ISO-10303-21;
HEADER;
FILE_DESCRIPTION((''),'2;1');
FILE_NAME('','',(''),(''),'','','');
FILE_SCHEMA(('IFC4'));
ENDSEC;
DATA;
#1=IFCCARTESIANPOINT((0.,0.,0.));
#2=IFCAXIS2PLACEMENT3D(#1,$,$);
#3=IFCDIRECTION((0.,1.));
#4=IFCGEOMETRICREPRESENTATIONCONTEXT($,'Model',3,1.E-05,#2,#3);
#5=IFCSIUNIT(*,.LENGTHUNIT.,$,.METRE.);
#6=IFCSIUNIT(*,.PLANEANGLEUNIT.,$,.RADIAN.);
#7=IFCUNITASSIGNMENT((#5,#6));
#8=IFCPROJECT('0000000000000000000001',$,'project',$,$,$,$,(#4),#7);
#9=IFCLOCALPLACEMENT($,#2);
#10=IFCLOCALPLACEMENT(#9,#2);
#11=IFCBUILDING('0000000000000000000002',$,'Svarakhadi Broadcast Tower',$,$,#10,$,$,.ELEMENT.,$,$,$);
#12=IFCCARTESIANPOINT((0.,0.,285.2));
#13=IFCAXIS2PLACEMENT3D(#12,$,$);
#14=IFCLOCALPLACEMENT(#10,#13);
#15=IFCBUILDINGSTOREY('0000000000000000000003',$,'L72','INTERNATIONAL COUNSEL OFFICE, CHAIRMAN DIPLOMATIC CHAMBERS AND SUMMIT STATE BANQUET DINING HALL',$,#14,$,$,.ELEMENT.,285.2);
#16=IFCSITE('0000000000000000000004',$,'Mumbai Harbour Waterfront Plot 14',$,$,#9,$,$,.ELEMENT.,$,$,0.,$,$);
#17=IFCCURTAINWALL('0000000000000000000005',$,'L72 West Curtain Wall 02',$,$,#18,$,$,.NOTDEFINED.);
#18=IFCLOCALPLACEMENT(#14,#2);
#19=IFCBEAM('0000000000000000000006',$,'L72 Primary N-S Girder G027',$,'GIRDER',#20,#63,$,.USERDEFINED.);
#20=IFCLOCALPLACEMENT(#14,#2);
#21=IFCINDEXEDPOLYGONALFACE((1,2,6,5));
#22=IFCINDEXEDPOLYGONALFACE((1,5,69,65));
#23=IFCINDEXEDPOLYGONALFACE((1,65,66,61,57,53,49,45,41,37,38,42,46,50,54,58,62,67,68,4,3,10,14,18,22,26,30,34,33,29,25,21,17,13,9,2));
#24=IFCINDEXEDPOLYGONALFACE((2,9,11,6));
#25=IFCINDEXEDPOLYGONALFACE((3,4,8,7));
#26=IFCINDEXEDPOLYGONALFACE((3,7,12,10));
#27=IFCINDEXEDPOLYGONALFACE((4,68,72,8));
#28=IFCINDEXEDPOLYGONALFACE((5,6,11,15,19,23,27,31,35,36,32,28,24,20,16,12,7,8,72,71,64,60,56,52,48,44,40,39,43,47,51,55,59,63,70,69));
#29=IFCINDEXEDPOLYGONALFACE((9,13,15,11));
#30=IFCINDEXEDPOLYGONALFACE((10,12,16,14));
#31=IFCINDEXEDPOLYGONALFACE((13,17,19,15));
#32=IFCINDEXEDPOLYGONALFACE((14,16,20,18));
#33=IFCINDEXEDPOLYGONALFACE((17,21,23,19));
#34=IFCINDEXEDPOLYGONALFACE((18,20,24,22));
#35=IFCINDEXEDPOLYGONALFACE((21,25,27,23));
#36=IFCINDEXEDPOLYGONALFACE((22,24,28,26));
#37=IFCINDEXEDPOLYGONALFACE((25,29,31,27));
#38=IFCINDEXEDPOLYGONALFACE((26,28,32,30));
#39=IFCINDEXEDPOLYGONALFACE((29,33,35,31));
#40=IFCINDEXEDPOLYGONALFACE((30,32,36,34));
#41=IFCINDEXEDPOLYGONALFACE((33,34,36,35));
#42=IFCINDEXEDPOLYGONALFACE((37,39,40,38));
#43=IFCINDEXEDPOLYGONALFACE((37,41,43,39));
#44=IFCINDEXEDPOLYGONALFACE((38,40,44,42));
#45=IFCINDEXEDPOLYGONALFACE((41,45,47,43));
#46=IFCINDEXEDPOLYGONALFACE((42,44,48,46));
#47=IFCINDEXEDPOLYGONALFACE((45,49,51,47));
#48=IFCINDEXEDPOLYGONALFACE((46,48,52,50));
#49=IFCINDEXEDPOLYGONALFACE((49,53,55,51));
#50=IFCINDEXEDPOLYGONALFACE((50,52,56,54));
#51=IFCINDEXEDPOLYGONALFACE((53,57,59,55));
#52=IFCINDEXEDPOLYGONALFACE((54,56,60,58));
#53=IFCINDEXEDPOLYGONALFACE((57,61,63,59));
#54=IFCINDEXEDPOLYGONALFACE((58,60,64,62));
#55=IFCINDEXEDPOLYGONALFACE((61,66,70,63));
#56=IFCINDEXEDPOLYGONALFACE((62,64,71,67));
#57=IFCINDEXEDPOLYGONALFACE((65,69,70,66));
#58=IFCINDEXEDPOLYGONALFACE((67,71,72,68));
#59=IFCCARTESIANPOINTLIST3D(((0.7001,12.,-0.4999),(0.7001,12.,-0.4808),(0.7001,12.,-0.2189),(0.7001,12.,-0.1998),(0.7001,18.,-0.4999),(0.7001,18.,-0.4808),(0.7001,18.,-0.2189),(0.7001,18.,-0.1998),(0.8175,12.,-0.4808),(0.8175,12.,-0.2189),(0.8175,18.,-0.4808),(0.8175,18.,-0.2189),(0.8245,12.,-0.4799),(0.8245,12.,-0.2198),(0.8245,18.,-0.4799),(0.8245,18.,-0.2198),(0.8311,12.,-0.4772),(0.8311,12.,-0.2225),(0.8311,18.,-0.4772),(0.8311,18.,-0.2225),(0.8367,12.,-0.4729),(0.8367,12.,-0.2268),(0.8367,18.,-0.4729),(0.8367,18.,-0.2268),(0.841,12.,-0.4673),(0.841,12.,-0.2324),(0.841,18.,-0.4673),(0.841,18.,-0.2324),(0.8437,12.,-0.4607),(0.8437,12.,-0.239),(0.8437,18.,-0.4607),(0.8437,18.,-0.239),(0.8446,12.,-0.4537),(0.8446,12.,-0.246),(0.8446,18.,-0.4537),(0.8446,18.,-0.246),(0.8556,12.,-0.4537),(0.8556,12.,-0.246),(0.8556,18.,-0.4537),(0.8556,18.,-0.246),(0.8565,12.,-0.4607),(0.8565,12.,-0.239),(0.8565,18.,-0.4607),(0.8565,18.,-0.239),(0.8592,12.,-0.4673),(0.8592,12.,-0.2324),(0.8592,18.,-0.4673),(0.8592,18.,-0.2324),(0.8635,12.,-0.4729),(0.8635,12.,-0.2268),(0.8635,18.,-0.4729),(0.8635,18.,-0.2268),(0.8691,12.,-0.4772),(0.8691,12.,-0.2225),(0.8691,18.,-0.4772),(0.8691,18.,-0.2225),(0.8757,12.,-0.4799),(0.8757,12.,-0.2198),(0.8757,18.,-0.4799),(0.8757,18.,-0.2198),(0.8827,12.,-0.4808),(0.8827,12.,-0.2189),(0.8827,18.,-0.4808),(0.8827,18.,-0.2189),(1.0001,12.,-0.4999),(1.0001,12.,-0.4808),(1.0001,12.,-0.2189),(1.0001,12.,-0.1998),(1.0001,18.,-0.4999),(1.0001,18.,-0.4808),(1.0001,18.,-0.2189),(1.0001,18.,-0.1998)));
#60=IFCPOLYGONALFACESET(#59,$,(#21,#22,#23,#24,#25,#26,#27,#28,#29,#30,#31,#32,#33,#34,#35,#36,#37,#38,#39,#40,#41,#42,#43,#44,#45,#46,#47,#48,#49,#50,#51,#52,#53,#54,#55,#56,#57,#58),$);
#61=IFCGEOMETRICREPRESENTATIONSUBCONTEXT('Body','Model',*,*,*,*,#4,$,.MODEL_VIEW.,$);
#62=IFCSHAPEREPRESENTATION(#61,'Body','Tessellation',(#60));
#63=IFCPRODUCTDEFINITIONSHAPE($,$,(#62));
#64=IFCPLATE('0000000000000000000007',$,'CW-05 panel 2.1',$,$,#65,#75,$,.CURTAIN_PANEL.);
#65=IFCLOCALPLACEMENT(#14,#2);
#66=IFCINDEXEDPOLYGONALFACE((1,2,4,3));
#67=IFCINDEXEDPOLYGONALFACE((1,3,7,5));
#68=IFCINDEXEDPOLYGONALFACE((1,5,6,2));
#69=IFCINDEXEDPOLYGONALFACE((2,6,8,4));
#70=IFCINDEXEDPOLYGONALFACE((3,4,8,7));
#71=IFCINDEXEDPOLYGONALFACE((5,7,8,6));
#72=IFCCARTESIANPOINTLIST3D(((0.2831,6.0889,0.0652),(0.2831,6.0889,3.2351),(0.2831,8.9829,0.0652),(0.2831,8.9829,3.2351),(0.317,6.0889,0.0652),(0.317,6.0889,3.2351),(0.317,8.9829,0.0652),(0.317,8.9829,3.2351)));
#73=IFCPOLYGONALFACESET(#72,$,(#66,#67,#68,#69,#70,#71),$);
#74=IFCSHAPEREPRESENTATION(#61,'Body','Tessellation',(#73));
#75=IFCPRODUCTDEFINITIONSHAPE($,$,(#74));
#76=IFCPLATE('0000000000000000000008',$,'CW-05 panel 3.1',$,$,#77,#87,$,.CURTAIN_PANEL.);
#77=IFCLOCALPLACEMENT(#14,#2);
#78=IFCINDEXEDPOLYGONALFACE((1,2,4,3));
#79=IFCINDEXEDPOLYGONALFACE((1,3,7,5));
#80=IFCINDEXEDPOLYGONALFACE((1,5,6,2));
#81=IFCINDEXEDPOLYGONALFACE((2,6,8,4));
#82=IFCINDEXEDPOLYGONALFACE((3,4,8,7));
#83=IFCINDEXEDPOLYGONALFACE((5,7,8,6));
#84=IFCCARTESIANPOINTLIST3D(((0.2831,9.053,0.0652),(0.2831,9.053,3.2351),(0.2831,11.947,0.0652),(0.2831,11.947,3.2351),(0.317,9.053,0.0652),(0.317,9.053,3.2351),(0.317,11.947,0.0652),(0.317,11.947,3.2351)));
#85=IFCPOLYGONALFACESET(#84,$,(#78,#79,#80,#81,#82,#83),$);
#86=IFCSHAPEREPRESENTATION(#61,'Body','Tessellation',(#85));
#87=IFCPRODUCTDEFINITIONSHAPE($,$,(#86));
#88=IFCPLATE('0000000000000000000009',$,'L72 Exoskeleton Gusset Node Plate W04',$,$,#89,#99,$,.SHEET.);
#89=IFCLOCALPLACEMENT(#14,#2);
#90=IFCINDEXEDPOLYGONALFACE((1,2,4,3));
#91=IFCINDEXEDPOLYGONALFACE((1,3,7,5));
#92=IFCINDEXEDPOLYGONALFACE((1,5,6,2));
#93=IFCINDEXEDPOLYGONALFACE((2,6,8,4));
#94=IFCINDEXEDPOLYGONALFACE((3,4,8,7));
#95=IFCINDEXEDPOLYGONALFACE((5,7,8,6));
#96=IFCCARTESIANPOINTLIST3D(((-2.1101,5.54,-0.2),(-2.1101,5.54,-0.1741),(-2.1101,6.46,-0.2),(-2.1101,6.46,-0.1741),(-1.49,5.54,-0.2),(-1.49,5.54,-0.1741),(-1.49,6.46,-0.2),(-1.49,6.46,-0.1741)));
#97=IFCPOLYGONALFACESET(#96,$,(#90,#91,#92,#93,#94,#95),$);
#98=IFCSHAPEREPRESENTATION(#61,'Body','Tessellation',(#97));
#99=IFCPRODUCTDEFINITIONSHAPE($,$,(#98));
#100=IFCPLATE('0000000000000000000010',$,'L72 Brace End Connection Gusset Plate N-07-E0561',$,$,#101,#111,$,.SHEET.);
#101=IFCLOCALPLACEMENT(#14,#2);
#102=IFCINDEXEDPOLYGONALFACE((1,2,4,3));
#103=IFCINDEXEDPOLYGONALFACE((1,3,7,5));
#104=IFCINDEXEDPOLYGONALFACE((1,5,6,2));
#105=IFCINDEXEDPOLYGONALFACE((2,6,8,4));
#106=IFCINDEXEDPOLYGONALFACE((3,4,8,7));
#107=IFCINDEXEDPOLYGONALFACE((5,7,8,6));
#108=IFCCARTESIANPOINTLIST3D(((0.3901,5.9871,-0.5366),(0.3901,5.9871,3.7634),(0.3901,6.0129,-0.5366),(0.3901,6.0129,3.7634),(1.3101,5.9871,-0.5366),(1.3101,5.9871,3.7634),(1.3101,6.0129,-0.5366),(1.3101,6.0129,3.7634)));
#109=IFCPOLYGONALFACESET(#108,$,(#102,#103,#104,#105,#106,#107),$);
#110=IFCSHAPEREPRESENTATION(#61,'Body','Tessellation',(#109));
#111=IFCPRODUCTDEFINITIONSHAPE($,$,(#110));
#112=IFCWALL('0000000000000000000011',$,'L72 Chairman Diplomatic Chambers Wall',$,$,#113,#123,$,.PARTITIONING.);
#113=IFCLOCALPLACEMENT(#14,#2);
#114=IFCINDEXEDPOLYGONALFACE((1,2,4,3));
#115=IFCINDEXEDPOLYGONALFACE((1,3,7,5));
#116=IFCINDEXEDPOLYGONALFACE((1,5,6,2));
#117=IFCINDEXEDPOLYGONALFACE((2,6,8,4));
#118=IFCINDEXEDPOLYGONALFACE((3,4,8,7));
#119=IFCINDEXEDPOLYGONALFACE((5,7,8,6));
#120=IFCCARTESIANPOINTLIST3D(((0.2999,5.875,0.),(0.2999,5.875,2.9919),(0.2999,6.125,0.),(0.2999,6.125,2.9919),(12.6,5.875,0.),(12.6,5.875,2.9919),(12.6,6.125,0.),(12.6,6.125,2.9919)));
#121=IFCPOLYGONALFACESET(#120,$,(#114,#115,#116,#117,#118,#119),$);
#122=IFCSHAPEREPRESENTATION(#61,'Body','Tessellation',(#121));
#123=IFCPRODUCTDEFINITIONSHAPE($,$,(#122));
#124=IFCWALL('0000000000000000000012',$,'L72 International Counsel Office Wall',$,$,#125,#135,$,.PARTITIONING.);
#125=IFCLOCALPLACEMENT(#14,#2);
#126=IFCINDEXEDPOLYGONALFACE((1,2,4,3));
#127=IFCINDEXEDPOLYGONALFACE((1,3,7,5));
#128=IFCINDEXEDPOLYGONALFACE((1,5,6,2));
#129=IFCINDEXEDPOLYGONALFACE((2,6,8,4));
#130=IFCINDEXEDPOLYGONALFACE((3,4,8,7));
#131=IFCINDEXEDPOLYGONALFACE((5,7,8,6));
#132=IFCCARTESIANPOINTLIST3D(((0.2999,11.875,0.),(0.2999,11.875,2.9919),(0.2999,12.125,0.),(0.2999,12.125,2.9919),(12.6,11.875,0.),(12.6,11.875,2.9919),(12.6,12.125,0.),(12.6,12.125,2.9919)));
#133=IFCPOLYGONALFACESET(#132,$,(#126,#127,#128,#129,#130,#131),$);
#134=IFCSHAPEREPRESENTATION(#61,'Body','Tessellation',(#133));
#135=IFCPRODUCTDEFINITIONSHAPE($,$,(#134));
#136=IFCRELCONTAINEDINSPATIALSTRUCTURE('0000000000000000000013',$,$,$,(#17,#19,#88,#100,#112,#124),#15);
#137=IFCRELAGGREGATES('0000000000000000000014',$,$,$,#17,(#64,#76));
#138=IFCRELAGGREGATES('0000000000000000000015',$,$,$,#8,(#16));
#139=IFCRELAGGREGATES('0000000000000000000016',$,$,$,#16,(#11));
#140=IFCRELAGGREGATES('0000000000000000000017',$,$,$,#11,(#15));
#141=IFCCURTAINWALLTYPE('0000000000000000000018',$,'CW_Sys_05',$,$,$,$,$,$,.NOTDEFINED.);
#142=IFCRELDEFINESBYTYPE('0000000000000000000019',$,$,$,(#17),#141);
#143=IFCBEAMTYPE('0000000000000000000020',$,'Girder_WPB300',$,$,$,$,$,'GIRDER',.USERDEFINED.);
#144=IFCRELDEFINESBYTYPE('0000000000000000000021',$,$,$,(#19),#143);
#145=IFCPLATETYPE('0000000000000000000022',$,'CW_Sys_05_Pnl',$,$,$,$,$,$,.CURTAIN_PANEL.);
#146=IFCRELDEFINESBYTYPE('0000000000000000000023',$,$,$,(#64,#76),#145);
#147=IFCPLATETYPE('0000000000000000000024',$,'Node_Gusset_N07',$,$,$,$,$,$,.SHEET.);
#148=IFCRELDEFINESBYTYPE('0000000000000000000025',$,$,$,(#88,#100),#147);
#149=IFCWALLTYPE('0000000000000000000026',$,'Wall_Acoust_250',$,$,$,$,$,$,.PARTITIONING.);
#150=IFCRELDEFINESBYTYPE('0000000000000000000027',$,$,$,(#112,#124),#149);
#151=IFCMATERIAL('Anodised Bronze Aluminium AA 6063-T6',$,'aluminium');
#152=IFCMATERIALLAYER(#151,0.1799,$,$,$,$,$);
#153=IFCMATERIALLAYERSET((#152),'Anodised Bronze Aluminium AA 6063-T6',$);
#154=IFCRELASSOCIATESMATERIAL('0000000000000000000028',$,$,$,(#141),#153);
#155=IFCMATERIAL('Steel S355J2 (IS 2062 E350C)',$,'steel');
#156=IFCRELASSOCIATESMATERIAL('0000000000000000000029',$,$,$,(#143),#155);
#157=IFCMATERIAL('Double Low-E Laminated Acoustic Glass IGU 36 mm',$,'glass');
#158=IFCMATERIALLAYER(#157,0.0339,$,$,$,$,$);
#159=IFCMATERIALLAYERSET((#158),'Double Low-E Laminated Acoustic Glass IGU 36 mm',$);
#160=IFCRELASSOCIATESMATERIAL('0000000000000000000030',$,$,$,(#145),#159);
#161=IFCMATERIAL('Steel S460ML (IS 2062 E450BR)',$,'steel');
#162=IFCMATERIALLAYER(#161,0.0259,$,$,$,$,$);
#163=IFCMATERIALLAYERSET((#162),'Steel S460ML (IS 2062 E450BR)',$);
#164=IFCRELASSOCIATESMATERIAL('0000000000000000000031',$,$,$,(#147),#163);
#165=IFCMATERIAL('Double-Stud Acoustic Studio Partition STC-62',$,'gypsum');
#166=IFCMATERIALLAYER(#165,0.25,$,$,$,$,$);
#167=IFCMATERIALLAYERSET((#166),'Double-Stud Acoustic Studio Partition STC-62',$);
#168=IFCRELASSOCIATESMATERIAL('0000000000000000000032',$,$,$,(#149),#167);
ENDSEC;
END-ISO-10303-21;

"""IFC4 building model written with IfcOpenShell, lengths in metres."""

from ifc_helpers import new_model, si_unit, direction, frame, frame_2d, origin, origin_2d, place, context, subcontext, project, spatial, rectangle, i_section, extrude, material, layer, layer_set, material_profile, profile_set, type_object, element, aggregate, save


model = new_model("IFC4")

# Units and contexts
model_context = context("Model", 3, precision=1e-05, world=origin(), true_north=direction((0.0, 1.0)))
body_context = subcontext(model_context, "Body", "Model", "MODEL_VIEW")
ifc_project = project(units=[si_unit("LENGTHUNIT", "METRE"), si_unit("PLANEANGLEUNIT", "RADIAN")], contexts=[model_context])

# Site, building, storey
site_placement = place(None, origin())
site = spatial("IfcSite", under=ifc_project, at=site_placement, Name="Mumbai Harbour Waterfront Plot 14", CompositionType="ELEMENT", RefElevation=0.0)
building_placement = place(site_placement, origin())
building = spatial("IfcBuilding", under=site, at=building_placement, Name="Svarakhadi Broadcast Tower", CompositionType="ELEMENT")
storey_placement = place(building_placement, frame((0.0, 0.0, 285.2)))
storey = spatial("IfcBuildingStorey", under=building, at=storey_placement, Name="L72", Description="INTERNATIONAL COUNSEL OFFICE, CHAIRMAN DIPLOMATIC CHAMBERS AND SUMMIT STATE BANQUET DINING HALL", CompositionType="ELEMENT", Elevation=285.2)

# Shared definitions
ifc_material_1 = material(Name="Steel S460ML (IS 2062 E450BR)", Category="steel")

# Shared definitions
ifc_material_2 = material(Name="Steel S355J2 (IS 2062 E350C)", Category="steel")

# Curtain wall
ifc_material_3 = material(Name="Anodised Bronze Aluminium AA 6063-T6", Category="aluminium")
ifc_layer_1 = layer(ifc_material_3, 0.1799)
ifc_layer_set_1 = layer_set([ifc_layer_1], Name="Anodised Bronze Aluminium AA 6063-T6")
curtain_wall_type = type_object("IfcCurtainWallType", Name="CW_Sys_05", PredefinedType="NOTDEFINED", material=ifc_layer_set_1)
curtain_wall_placement = place(storey_placement, origin())
curtain_wall = element("IfcCurtainWall", 1, at=curtain_wall_placement, inside=storey, type_object=curtain_wall_type, Name="L72 West Curtain Wall 02", PredefinedType="NOTDEFINED")

# Beam
ifc_material_profile_1 = material_profile(ifc_material_2, i_section(OverallWidth=0.3, OverallDepth=0.3, WebThickness=0.011, FlangeThickness=0.019, FilletRadius=0.0271, at=origin_2d()), Name="WPB 300x300x117")
ifc_profile_set_1 = profile_set([ifc_material_profile_1], Name="Steel S355J2 (IS 2062 E350C)")
beam_type_1 = type_object("IfcBeamType", Name="Girder_WPB300", ElementType="GIRDER", PredefinedType="USERDEFINED", material=ifc_profile_set_1)
for number, where, z_axis, x_axis, name in (
    (2, (0.8501, 12.0, -0.3499), (0.0, 1.0, 0.0), (-1.0, 0.0, 0.0), "L72 Primary N-S Girder G027"),
):
    element("IfcBeam", number, at=place(storey_placement, frame(where, z_axis=z_axis, x_axis=x_axis)), inside=storey, type_object=beam_type_1, Name=name, ObjectType="GIRDER", PredefinedType="USERDEFINED", context=body_context, shape_type="SweptSolid", body=[
        extrude(i_section(OverallWidth=0.3, OverallDepth=0.3, WebThickness=0.011, FlangeThickness=0.019, FilletRadius=0.0271, at=origin_2d()), origin(), (0.0, 0.0, 1.0), 6.0),
    ])

# Plates
ifc_material_4 = material(Name="Double Low-E Laminated Acoustic Glass IGU 36 mm", Category="glass")
ifc_layer_2 = layer(ifc_material_4, 0.0339)
ifc_layer_set_2 = layer_set([ifc_layer_2], Name="Double Low-E Laminated Acoustic Glass IGU 36 mm")
plate_type_1 = type_object("IfcPlateType", Name="CW_Sys_05_Pnl", PredefinedType="CURTAIN_PANEL", material=ifc_layer_set_2)
plate_1_placement = place(storey_placement, frame((0.3, 7.5359, 0.0652), z_axis=(0.0, 0.0, 1.0), x_axis=(0.0, 1.0, 0.0)))
plate_1 = element("IfcPlate", 3, at=plate_1_placement, type_object=plate_type_1, Name="CW-05 panel 2.1", PredefinedType="CURTAIN_PANEL", context=body_context, shape_type="SweptSolid", body=[
    extrude(rectangle(XDim=2.894, YDim=0.0339, at=origin_2d()), origin(), (0.0, 0.0, 1.0), 3.1699),
])
plate_2_placement = place(storey_placement, frame((0.3, 10.5, 0.0652), z_axis=(0.0, 0.0, 1.0), x_axis=(0.0, 1.0, 0.0)))
plate_2 = element("IfcPlate", 4, at=plate_2_placement, type_object=plate_type_1, Name="CW-05 panel 3.1", PredefinedType="CURTAIN_PANEL", context=body_context, shape_type="SweptSolid", body=[
    extrude(rectangle(XDim=2.894, YDim=0.0339, at=origin_2d()), origin(), (0.0, 0.0, 1.0), 3.1699),
])
aggregate(curtain_wall, [plate_1, plate_2])

# Plates
ifc_layer_3 = layer(ifc_material_1, 0.0259)
ifc_layer_set_3 = layer_set([ifc_layer_3], Name="Steel S460ML (IS 2062 E450BR)")
plate_type_2 = type_object("IfcPlateType", Name="Node_Gusset_N07", PredefinedType="SHEET", material=ifc_layer_set_3)
plate_3_placement = place(storey_placement, frame((-1.8, 6.0, -0.2), z_axis=(0.0, 0.0, 1.0), x_axis=(0.0, 1.0, 0.0)))
element("IfcPlate", 5, at=plate_3_placement, inside=storey, type_object=plate_type_2, Name="L72 Exoskeleton Gusset Node Plate W04", PredefinedType="SHEET", context=body_context, shape_type="SweptSolid", body=[
    extrude(rectangle(XDim=0.9199, YDim=0.6201, at=origin_2d()), origin(), (0.0, 0.0, 1.0), 0.0259),
])
plate_4_placement = place(storey_placement, frame((0.8501, 6.0, -0.5366), z_axis=(0.0, 0.0, 1.0), x_axis=(1.0, 0.0, 0.0)))
element("IfcPlate", 6, at=plate_4_placement, inside=storey, type_object=plate_type_2, Name="L72 Brace End Connection Gusset Plate N-07-E0561", PredefinedType="SHEET", context=body_context, shape_type="SweptSolid", body=[
    extrude(rectangle(XDim=0.9199, YDim=0.0259, at=origin_2d()), origin(), (0.0, 0.0, 1.0), 4.3),
])

# Walls
ifc_material_5 = material(Name="Double-Stud Acoustic Studio Partition STC-62", Category="gypsum")
ifc_layer_4 = layer(ifc_material_5, 0.25)
ifc_layer_set_4 = layer_set([ifc_layer_4], Name="Double-Stud Acoustic Studio Partition STC-62")
wall_type = type_object("IfcWallType", Name="Wall_Acoust_250", PredefinedType="PARTITIONING", material=ifc_layer_set_4)
for number, where, z_axis, x_axis, name in (
    (7, (0.3, 6.0, 0.0), (0.0, 0.0, 1.0), (1.0, 0.0, 0.0), "L72 Chairman Diplomatic Chambers Wall"),
    (8, (0.3, 12.0, 0.0), (0.0, 0.0, 1.0), (1.0, 0.0, 0.0), "L72 International Counsel Office Wall"),
):
    element("IfcWall", number, at=place(storey_placement, frame(where, z_axis=z_axis, x_axis=x_axis)), inside=storey, type_object=wall_type, Name=name, PredefinedType="PARTITIONING", context=body_context, shape_type="SweptSolid", body=[
        extrude(rectangle(XDim=12.3, YDim=0.25, at=frame_2d((6.1499, 0.0))), origin(), (0.0, 0.0, 1.0), 2.9919),
    ])

save(model, "model.ifc")
